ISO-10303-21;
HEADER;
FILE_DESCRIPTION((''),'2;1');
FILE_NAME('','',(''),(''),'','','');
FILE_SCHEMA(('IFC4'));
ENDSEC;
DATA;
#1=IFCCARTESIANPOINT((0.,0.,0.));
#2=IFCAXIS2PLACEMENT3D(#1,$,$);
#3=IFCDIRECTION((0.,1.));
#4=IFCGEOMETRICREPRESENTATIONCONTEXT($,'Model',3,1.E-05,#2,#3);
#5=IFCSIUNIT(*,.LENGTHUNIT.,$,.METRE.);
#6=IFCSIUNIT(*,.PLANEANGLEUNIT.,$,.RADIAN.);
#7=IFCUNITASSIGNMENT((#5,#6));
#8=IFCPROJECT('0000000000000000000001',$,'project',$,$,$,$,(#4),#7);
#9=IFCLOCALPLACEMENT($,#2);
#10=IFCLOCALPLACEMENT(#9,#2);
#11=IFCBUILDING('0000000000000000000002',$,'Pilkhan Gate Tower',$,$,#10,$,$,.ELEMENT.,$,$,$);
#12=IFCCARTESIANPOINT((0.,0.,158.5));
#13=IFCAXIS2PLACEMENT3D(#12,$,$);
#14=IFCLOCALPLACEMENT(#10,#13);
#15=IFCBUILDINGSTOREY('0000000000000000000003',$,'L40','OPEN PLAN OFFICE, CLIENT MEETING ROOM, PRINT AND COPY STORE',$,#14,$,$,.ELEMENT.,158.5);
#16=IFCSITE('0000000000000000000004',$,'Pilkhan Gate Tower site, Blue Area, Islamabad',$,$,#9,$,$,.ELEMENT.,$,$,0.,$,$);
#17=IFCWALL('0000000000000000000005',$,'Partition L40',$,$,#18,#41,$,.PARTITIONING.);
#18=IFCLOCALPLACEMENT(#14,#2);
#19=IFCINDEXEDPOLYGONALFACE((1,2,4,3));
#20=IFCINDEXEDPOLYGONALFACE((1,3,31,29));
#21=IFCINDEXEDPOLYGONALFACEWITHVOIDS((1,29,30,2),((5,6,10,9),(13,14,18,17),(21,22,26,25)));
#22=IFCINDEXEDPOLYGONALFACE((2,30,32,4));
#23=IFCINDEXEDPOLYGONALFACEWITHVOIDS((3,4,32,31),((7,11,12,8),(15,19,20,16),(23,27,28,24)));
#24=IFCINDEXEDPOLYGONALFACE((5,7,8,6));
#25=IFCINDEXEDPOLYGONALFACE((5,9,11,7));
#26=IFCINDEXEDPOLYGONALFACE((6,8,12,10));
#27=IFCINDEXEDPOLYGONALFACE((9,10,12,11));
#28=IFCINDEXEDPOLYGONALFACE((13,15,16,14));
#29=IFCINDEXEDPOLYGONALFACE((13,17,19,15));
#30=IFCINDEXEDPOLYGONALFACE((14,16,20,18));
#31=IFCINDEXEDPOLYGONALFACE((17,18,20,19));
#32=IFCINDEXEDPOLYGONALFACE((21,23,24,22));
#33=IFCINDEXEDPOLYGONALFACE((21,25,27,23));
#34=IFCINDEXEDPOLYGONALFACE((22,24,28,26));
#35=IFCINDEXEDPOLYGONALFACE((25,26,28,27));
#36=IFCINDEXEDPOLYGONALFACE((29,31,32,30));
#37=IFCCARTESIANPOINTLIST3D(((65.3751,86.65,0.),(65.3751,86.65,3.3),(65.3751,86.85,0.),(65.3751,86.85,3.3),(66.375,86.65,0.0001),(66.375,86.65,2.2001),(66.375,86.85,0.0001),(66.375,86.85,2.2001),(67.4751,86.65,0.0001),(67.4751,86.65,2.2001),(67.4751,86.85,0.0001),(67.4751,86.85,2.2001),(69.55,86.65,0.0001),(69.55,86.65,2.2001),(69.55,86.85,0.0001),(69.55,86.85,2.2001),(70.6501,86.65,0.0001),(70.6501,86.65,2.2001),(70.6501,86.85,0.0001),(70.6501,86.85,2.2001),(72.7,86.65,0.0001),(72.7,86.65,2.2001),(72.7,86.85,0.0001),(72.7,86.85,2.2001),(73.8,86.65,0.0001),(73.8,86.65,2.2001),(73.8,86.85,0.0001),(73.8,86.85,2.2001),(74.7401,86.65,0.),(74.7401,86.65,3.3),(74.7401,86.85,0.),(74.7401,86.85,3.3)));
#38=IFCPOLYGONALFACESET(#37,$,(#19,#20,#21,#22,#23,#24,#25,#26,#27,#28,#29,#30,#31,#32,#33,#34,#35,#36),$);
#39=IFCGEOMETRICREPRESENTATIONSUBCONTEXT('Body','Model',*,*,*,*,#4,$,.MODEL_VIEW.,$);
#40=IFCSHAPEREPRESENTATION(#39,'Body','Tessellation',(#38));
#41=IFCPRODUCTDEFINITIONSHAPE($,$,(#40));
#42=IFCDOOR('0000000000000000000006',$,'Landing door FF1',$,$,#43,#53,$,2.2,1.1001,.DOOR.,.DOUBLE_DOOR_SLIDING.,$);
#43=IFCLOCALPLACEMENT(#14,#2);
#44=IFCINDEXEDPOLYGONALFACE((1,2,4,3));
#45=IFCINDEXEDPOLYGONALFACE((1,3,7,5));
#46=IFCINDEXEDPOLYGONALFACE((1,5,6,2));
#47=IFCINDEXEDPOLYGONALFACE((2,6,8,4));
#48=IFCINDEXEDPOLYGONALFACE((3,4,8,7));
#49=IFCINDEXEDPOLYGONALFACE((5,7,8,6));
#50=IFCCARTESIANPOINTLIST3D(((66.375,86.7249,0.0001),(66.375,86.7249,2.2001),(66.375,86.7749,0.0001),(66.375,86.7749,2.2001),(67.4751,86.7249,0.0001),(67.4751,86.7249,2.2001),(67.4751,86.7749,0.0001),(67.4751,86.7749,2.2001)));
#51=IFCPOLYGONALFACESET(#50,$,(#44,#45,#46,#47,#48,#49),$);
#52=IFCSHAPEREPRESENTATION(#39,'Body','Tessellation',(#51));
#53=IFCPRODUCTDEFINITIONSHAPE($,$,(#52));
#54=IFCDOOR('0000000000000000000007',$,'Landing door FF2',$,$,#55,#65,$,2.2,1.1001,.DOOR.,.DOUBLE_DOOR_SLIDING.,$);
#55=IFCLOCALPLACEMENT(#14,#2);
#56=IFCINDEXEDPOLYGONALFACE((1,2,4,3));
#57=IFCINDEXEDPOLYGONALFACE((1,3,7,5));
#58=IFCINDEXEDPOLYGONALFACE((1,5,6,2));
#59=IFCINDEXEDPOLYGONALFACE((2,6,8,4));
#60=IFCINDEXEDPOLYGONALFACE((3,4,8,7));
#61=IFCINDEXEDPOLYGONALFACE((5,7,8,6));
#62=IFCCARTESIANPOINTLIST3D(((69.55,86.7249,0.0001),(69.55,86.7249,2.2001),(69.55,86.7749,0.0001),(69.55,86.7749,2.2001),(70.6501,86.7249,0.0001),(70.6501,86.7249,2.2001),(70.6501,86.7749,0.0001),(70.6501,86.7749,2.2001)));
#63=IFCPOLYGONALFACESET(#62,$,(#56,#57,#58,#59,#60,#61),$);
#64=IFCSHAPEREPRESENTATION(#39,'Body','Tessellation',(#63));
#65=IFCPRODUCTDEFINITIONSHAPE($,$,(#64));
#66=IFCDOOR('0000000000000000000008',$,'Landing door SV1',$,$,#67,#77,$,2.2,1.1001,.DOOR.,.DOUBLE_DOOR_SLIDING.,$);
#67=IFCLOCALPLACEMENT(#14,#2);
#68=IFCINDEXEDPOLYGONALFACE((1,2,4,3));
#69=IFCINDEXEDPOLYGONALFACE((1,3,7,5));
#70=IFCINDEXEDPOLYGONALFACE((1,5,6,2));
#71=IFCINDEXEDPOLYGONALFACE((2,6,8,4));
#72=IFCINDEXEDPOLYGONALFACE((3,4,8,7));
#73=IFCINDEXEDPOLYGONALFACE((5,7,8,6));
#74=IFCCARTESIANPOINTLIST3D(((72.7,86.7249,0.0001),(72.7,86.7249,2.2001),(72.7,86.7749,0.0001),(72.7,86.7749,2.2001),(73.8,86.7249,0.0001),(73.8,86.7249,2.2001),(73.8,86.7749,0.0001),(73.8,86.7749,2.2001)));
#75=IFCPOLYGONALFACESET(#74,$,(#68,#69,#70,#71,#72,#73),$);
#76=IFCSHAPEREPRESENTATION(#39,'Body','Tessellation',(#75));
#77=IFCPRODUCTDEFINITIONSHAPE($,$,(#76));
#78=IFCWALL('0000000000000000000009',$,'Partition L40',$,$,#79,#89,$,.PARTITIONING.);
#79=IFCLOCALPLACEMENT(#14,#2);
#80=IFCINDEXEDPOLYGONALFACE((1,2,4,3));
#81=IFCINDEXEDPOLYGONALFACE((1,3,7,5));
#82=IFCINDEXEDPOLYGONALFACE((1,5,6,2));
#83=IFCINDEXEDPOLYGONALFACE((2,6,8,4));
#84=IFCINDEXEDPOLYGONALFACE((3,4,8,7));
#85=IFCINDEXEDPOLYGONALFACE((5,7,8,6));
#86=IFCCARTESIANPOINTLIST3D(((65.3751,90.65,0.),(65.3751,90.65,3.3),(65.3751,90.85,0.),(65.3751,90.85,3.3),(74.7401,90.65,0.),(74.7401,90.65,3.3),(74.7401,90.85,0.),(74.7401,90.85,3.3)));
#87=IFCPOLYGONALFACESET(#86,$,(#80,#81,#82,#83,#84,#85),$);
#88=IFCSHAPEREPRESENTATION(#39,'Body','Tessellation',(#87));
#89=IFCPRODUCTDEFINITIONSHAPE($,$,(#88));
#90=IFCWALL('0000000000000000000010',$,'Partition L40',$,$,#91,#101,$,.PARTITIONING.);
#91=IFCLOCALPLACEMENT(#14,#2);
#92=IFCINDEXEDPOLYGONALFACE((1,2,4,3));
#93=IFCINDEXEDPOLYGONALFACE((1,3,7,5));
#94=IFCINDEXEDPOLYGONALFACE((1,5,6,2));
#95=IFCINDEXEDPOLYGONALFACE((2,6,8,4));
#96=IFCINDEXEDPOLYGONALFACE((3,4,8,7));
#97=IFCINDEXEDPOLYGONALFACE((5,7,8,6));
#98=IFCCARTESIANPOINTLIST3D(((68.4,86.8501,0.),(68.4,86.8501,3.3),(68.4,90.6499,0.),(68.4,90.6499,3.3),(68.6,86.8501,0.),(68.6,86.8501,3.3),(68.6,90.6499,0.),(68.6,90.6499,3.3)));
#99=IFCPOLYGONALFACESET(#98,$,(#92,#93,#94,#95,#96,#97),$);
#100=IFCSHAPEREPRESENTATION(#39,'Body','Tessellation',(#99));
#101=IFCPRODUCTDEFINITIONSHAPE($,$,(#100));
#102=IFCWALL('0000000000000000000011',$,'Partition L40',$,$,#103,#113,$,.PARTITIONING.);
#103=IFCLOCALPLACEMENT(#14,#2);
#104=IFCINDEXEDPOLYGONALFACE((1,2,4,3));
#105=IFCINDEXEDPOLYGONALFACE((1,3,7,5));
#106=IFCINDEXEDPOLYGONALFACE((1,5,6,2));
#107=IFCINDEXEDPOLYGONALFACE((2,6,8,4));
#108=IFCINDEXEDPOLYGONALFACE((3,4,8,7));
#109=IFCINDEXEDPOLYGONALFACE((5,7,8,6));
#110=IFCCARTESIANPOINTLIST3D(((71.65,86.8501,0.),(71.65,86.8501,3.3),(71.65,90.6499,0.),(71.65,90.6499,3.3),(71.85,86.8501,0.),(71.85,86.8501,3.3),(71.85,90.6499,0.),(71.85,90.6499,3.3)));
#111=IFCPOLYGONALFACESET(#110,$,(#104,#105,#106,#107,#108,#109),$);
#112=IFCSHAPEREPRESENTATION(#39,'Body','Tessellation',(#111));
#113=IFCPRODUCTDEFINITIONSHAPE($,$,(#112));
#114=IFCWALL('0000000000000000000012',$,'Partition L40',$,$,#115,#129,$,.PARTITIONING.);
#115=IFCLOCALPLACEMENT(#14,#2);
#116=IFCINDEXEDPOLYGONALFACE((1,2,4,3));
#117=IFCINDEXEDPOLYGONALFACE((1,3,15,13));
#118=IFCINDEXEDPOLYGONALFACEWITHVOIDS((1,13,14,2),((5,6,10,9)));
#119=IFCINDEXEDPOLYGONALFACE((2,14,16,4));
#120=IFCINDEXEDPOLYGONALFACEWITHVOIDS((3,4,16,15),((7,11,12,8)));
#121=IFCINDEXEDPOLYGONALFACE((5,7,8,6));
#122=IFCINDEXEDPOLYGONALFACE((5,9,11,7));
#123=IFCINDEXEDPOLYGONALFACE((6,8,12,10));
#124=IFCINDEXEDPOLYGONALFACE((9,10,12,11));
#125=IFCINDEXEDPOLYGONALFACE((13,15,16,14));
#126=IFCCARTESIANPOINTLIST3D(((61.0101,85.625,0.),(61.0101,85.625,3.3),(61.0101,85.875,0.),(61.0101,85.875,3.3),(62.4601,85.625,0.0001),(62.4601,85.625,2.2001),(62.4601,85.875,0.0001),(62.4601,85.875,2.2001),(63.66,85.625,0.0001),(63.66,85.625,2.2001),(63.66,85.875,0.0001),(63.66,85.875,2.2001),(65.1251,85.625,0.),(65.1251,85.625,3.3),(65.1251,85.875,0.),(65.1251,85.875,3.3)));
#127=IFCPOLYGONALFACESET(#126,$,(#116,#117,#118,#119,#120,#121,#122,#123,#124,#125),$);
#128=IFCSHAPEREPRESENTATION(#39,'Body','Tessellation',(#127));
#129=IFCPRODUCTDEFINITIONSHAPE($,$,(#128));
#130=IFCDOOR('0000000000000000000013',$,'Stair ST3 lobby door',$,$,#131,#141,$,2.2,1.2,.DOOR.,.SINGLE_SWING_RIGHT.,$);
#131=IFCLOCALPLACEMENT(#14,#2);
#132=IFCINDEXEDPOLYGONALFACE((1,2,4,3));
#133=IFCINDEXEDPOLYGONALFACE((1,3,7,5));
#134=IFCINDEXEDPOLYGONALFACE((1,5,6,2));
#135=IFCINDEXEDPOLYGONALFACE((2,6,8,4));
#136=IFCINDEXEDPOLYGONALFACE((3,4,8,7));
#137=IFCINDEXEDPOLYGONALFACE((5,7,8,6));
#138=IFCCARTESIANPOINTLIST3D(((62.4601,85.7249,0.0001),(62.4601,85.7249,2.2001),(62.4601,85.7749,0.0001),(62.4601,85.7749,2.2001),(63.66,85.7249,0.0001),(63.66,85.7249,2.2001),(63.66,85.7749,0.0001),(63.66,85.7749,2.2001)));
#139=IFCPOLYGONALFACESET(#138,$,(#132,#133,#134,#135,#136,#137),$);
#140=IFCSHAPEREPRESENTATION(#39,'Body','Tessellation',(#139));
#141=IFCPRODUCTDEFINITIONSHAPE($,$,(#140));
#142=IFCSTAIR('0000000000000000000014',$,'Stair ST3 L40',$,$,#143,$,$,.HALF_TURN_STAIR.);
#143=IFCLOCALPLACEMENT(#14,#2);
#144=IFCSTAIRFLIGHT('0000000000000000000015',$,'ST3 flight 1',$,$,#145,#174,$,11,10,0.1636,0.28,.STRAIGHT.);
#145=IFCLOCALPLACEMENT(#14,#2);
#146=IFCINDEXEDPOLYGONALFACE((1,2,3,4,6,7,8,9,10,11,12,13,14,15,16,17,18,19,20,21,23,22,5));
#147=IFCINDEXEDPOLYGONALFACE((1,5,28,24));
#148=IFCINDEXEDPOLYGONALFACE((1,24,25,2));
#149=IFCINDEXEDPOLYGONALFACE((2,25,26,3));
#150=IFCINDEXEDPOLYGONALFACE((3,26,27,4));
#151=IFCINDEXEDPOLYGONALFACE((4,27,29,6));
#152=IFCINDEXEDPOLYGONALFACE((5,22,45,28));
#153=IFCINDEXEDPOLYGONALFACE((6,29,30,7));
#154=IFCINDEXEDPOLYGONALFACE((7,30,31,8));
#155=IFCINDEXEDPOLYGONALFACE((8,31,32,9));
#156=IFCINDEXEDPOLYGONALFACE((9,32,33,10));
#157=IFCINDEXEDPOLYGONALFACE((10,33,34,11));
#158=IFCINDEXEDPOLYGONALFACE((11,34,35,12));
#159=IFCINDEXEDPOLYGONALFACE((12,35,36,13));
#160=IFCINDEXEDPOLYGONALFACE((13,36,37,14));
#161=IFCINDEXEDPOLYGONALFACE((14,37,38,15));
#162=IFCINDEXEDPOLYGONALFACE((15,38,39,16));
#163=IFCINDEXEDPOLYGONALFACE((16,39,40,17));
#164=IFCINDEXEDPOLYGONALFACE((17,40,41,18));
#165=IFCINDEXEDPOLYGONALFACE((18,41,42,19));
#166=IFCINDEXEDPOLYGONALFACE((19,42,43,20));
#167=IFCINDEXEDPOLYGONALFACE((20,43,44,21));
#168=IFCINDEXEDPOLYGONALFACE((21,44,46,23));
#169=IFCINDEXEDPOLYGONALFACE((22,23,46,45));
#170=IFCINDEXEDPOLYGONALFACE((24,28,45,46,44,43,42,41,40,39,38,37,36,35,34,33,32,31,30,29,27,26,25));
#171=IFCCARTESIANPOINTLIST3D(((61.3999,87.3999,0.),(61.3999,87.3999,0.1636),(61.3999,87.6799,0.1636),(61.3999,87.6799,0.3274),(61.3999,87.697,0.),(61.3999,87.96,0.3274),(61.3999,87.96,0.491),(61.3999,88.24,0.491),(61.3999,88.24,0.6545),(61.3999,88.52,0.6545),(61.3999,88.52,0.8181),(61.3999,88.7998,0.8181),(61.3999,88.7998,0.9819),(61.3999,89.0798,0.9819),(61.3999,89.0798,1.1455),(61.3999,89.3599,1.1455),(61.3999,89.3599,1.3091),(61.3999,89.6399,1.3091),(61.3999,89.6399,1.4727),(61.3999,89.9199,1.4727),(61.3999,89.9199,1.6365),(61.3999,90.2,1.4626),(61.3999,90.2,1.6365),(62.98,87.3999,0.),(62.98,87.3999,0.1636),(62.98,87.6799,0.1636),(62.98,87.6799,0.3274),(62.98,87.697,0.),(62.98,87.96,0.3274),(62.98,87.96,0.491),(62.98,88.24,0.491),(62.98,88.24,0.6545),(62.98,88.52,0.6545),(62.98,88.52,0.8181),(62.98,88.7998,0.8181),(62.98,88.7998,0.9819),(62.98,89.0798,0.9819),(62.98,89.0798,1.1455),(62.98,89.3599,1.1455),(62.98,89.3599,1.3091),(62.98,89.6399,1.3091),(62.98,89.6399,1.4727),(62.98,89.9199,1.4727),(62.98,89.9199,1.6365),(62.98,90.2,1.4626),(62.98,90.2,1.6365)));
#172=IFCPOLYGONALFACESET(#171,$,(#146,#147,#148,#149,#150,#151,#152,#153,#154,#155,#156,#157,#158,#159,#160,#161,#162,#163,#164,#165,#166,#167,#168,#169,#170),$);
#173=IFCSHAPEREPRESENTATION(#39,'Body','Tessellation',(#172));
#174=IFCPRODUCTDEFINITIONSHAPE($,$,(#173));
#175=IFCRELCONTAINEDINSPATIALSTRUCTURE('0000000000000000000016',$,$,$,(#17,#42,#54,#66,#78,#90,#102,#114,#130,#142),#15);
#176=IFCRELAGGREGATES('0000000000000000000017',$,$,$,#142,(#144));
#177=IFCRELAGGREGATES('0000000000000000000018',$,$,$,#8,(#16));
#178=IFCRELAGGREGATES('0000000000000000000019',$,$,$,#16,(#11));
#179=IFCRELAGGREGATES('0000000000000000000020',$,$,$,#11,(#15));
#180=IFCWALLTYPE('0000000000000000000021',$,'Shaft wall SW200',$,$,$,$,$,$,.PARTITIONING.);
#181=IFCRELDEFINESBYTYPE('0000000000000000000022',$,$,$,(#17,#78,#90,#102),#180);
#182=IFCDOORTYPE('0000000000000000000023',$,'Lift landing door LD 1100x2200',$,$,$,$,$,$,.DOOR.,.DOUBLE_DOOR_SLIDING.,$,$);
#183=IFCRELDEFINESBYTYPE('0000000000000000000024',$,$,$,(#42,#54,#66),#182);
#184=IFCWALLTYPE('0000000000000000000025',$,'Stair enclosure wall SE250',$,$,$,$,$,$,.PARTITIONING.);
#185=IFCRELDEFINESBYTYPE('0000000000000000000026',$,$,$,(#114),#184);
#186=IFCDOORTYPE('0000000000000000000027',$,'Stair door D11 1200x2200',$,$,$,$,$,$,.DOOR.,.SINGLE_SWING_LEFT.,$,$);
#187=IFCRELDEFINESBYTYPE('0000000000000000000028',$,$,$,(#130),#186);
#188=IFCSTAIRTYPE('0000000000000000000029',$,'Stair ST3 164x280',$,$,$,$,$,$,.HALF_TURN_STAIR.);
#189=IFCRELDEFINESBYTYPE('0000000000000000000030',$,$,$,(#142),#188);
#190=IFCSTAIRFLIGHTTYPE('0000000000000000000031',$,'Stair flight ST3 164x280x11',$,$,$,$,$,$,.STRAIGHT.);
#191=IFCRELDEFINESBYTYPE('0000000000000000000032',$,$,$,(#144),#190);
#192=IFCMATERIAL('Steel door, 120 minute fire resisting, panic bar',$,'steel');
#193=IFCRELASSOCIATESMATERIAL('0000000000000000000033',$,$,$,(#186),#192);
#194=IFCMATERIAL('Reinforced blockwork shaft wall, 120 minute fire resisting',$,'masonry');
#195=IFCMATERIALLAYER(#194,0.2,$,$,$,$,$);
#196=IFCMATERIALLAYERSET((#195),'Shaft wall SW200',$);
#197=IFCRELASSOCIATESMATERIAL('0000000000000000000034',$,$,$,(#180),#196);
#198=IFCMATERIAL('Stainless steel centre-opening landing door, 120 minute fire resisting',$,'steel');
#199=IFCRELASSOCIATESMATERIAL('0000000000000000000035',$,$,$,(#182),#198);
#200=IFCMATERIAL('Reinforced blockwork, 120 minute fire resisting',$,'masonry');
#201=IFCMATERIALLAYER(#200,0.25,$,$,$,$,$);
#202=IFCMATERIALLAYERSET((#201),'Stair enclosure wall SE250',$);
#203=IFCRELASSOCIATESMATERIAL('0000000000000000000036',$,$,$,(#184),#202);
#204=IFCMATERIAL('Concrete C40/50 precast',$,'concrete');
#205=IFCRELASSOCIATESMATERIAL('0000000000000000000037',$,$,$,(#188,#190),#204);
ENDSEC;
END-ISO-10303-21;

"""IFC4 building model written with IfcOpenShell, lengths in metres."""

from ifc_helpers import new_model, si_unit, direction, frame, frame_2d, origin, place, context, subcontext, project, spatial, polyline, rectangle, outline, extrude, material, layer, layer_set, type_object, element, fill, aggregate, save


model = new_model("IFC4")

# Units and contexts
model_context = context("Model", 3, precision=1e-05, world=origin(), true_north=direction((0.0, 1.0)))
body_context = subcontext(model_context, "Body", "Model", "MODEL_VIEW")
ifc_project = project(units=[si_unit("LENGTHUNIT", "METRE"), si_unit("PLANEANGLEUNIT", "RADIAN")], contexts=[model_context])

# Site, building, storey
site_placement = place(None, origin())
site = spatial("IfcSite", under=ifc_project, at=site_placement, Name="Pilkhan Gate Tower site, Blue Area, Islamabad", CompositionType="ELEMENT", RefElevation=0.0)
building_placement = place(site_placement, origin())
building = spatial("IfcBuilding", under=site, at=building_placement, Name="Pilkhan Gate Tower", CompositionType="ELEMENT")
storey_placement = place(building_placement, frame((0.0, 0.0, 158.5)))
storey = spatial("IfcBuildingStorey", under=building, at=storey_placement, Name="L40", Description="OPEN PLAN OFFICE, CLIENT MEETING ROOM, PRINT AND COPY STORE", CompositionType="ELEMENT", Elevation=158.5)

# Wall, openings, doors
ifc_material_1 = material(Name="Steel door, 120 minute fire resisting, panic bar", Category="steel")
door_type_1 = type_object("IfcDoorType", Name="Stair door D11 1200x2200", OperationType="SINGLE_SWING_LEFT", PredefinedType="DOOR", material=ifc_material_1)
ifc_material_2 = material(Name="Reinforced blockwork shaft wall, 120 minute fire resisting", Category="masonry")
ifc_layer_1 = layer(ifc_material_2, 0.2)
ifc_layer_set_1 = layer_set([ifc_layer_1], Name="Shaft wall SW200")
wall_type_1 = type_object("IfcWallType", Name="Shaft wall SW200", PredefinedType="PARTITIONING", material=ifc_layer_set_1)
wall_1_placement = place(storey_placement, frame((65.375, 86.75, 0.0), z_axis=(0.0, 0.0, 1.0), x_axis=(1.0, 0.0, 0.0)))
wall_1 = element("IfcWall", 1, at=wall_1_placement, inside=storey, type_object=wall_type_1, Name="Partition L40", PredefinedType="PARTITIONING", context=body_context, shape_type="SweptSolid", body=[
    extrude(rectangle(XDim=9.365, YDim=0.2, at=frame_2d((4.6826, 0.0))), origin(), (0.0, 0.0, 1.0), 3.3),
])
opening_1_placement = place(wall_1_placement, frame((1.0, 0.0, 0.0)))
opening_1 = element("IfcOpeningElement", 2, at=opening_1_placement, cuts=wall_1, PredefinedType="OPENING", context=body_context, shape_type="SweptSolid", body=[
    extrude(rectangle(XDim=1.1001, YDim=2.2, at=frame_2d((0.55, 1.1001))), frame((0.0, 0.1099, 0.0), z_axis=(0.0, -1.0, 0.0), x_axis=(1.0, 0.0, 0.0)), (0.0, 0.0, 1.0), 0.22),
])
opening_2_placement = place(wall_1_placement, frame((4.175, 0.0, 0.0)))
opening_2 = element("IfcOpeningElement", 3, at=opening_2_placement, cuts=wall_1, PredefinedType="OPENING", context=body_context, shape_type="SweptSolid", body=[
    extrude(rectangle(XDim=1.1001, YDim=2.2, at=frame_2d((0.55, 1.1001))), frame((0.0, 0.1099, 0.0), z_axis=(0.0, -1.0, 0.0), x_axis=(1.0, 0.0, 0.0)), (0.0, 0.0, 1.0), 0.22),
])
opening_3_placement = place(wall_1_placement, frame((7.325, 0.0, 0.0)))
opening_3 = element("IfcOpeningElement", 4, at=opening_3_placement, cuts=wall_1, PredefinedType="OPENING", context=body_context, shape_type="SweptSolid", body=[
    extrude(rectangle(XDim=1.1001, YDim=2.2, at=frame_2d((0.55, 1.1001))), frame((0.0, 0.1099, 0.0), z_axis=(0.0, -1.0, 0.0), x_axis=(1.0, 0.0, 0.0)), (0.0, 0.0, 1.0), 0.22),
])
ifc_material_3 = material(Name="Stainless steel centre-opening landing door, 120 minute fire resisting", Category="steel")
door_type_2 = type_object("IfcDoorType", Name="Lift landing door LD 1100x2200", OperationType="DOUBLE_DOOR_SLIDING", PredefinedType="DOOR", material=ifc_material_3)
door_1_placement = place(opening_1_placement, origin())
door_1 = element("IfcDoor", 5, at=door_1_placement, inside=storey, type_object=door_type_2, Name="Landing door FF1", OperationType="DOUBLE_DOOR_SLIDING", OverallHeight=2.2, OverallWidth=1.1001, PredefinedType="DOOR", context=body_context, shape_type="SweptSolid", body=[
    extrude(rectangle(XDim=1.1001, YDim=2.2, at=frame_2d((0.55, 1.1001))), frame((0.0, 0.0249, 0.0), z_axis=(0.0, -1.0, 0.0), x_axis=(1.0, 0.0, 0.0)), (0.0, 0.0, 1.0), 0.05),
])
fill(opening_1, door_1)
door_2_placement = place(opening_2_placement, origin())
door_2 = element("IfcDoor", 6, at=door_2_placement, inside=storey, type_object=door_type_2, Name="Landing door FF2", OperationType="DOUBLE_DOOR_SLIDING", OverallHeight=2.2, OverallWidth=1.1001, PredefinedType="DOOR", context=body_context, shape_type="SweptSolid", body=[
    extrude(rectangle(XDim=1.1001, YDim=2.2, at=frame_2d((0.55, 1.1001))), frame((0.0, 0.0249, 0.0), z_axis=(0.0, -1.0, 0.0), x_axis=(1.0, 0.0, 0.0)), (0.0, 0.0, 1.0), 0.05),
])
fill(opening_2, door_2)
door_3_placement = place(opening_3_placement, origin())
door_3 = element("IfcDoor", 7, at=door_3_placement, inside=storey, type_object=door_type_2, Name="Landing door SV1", OperationType="DOUBLE_DOOR_SLIDING", OverallHeight=2.2, OverallWidth=1.1001, PredefinedType="DOOR", context=body_context, shape_type="SweptSolid", body=[
    extrude(rectangle(XDim=1.1001, YDim=2.2, at=frame_2d((0.55, 1.1001))), frame((0.0, 0.0249, 0.0), z_axis=(0.0, -1.0, 0.0), x_axis=(1.0, 0.0, 0.0)), (0.0, 0.0, 1.0), 0.05),
])
fill(opening_3, door_3)

# Walls
wall_2_placement = place(storey_placement, frame((65.375, 90.75, 0.0), z_axis=(0.0, 0.0, 1.0), x_axis=(1.0, 0.0, 0.0)))
element("IfcWall", 8, at=wall_2_placement, inside=storey, type_object=wall_type_1, Name="Partition L40", PredefinedType="PARTITIONING", context=body_context, shape_type="SweptSolid", body=[
    extrude(rectangle(XDim=9.365, YDim=0.2, at=frame_2d((4.6826, 0.0))), origin(), (0.0, 0.0, 1.0), 3.3),
])
for number, where, z_axis, x_axis, name in (
    (9, (68.5, 86.8501, 0.0), (0.0, 0.0, 1.0), (0.0, 1.0, 0.0), "Partition L40"),
    (10, (71.75, 86.8501, 0.0), (0.0, 0.0, 1.0), (0.0, 1.0, 0.0), "Partition L40"),
):
    element("IfcWall", number, at=place(storey_placement, frame(where, z_axis=z_axis, x_axis=x_axis)), inside=storey, type_object=wall_type_1, Name=name, PredefinedType="PARTITIONING", context=body_context, shape_type="SweptSolid", body=[
        extrude(rectangle(XDim=3.7998, YDim=0.2, at=frame_2d((1.8999, 0.0))), origin(), (0.0, 0.0, 1.0), 3.3),
    ])

# Wall, opening, door
ifc_material_4 = material(Name="Reinforced blockwork, 120 minute fire resisting", Category="masonry")
ifc_layer_2 = layer(ifc_material_4, 0.25)
ifc_layer_set_2 = layer_set([ifc_layer_2], Name="Stair enclosure wall SE250")
wall_type_2 = type_object("IfcWallType", Name="Stair enclosure wall SE250", PredefinedType="PARTITIONING", material=ifc_layer_set_2)
wall_3_placement = place(storey_placement, frame((61.01, 85.75, 0.0), z_axis=(0.0, 0.0, 1.0), x_axis=(1.0, 0.0, 0.0)))
wall_3 = element("IfcWall", 11, at=wall_3_placement, inside=storey, type_object=wall_type_2, Name="Partition L40", PredefinedType="PARTITIONING", context=body_context, shape_type="SweptSolid", body=[
    extrude(rectangle(XDim=4.115, YDim=0.25, at=frame_2d((2.0576, 0.0))), origin(), (0.0, 0.0, 1.0), 3.3),
])
opening_4_placement = place(wall_3_placement, frame((1.45, 0.0, 0.0)))
opening_4 = element("IfcOpeningElement", 12, at=opening_4_placement, cuts=wall_3, PredefinedType="OPENING", context=body_context, shape_type="SweptSolid", body=[
    extrude(rectangle(XDim=1.2, YDim=2.2, at=frame_2d((0.6001, 1.1001))), frame((0.0, 0.135, 0.0), z_axis=(0.0, -1.0, 0.0), x_axis=(1.0, 0.0, 0.0)), (0.0, 0.0, 1.0), 0.27),
])
door_4_placement = place(opening_4_placement, origin())
door_4 = element("IfcDoor", 13, at=door_4_placement, inside=storey, type_object=door_type_1, Name="Stair ST3 lobby door", OperationType="SINGLE_SWING_RIGHT", OverallHeight=2.2, OverallWidth=1.2, PredefinedType="DOOR", context=body_context, shape_type="SweptSolid", body=[
    extrude(rectangle(XDim=1.2, YDim=2.2, at=frame_2d((0.6001, 1.1001))), frame((0.0, 0.0249, 0.0), z_axis=(0.0, -1.0, 0.0), x_axis=(1.0, 0.0, 0.0)), (0.0, 0.0, 1.0), 0.05),
])
fill(opening_4, door_4)

# Stair, stair flight
ifc_material_5 = material(Name="Concrete C40/50 precast", Category="concrete")
stair_type = type_object("IfcStairType", Name="Stair ST3 164x280", PredefinedType="HALF_TURN_STAIR", material=ifc_material_5)
stair_placement = place(storey_placement, origin())
stair = element("IfcStair", 14, at=stair_placement, inside=storey, type_object=stair_type, Name="Stair ST3 L40", PredefinedType="HALF_TURN_STAIR")
stair_flight_type = type_object("IfcStairFlightType", Name="Stair flight ST3 164x280x11", PredefinedType="STRAIGHT", material=ifc_material_5)
stair_flight_1_placement = place(storey_placement, frame((62.1899, 87.3999, 0.0), z_axis=(0.0, 0.0, 1.0), x_axis=(0.0, 1.0, 0.0)))
stair_flight_1 = element("IfcStairFlight", 15, at=stair_flight_1_placement, type_object=stair_flight_type, Name="ST3 flight 1", NumberOfRisers=11, NumberOfTreads=10, PredefinedType="STRAIGHT", RiserHeight=0.1636, TreadLength=0.28, context=body_context, shape_type="SweptSolid", body=[
    extrude(outline(polyline([(0.0, 0.0), (0.0, 0.1636), (0.28, 0.1636), (0.28, 0.3274), (0.5601, 0.3274), (0.5601, 0.491), (0.8401, 0.491), (0.8401, 0.6545), (1.1201, 0.6545), (1.1201, 0.8181), (1.3999, 0.8181), (1.3999, 0.9819), (1.6799, 0.9819), (1.6799, 1.1455), (1.96, 1.1455), (1.96, 1.3091), (2.24, 1.3091), (2.24, 1.4727), (2.52, 1.4727), (2.52, 1.6365), (2.8, 1.6365), (2.8, 1.8), (2.8, 1.4626), (0.2971, 0.0), (0.0, 0.0)])), frame((0.0, 0.79, 0.0), z_axis=(0.0, -1.0, 0.0), x_axis=(1.0, 0.0, 0.0)), (0.0, 0.0, 1.0), 1.5801),
])
aggregate(stair, [stair_flight_1])

save(model, "model.ifc")
